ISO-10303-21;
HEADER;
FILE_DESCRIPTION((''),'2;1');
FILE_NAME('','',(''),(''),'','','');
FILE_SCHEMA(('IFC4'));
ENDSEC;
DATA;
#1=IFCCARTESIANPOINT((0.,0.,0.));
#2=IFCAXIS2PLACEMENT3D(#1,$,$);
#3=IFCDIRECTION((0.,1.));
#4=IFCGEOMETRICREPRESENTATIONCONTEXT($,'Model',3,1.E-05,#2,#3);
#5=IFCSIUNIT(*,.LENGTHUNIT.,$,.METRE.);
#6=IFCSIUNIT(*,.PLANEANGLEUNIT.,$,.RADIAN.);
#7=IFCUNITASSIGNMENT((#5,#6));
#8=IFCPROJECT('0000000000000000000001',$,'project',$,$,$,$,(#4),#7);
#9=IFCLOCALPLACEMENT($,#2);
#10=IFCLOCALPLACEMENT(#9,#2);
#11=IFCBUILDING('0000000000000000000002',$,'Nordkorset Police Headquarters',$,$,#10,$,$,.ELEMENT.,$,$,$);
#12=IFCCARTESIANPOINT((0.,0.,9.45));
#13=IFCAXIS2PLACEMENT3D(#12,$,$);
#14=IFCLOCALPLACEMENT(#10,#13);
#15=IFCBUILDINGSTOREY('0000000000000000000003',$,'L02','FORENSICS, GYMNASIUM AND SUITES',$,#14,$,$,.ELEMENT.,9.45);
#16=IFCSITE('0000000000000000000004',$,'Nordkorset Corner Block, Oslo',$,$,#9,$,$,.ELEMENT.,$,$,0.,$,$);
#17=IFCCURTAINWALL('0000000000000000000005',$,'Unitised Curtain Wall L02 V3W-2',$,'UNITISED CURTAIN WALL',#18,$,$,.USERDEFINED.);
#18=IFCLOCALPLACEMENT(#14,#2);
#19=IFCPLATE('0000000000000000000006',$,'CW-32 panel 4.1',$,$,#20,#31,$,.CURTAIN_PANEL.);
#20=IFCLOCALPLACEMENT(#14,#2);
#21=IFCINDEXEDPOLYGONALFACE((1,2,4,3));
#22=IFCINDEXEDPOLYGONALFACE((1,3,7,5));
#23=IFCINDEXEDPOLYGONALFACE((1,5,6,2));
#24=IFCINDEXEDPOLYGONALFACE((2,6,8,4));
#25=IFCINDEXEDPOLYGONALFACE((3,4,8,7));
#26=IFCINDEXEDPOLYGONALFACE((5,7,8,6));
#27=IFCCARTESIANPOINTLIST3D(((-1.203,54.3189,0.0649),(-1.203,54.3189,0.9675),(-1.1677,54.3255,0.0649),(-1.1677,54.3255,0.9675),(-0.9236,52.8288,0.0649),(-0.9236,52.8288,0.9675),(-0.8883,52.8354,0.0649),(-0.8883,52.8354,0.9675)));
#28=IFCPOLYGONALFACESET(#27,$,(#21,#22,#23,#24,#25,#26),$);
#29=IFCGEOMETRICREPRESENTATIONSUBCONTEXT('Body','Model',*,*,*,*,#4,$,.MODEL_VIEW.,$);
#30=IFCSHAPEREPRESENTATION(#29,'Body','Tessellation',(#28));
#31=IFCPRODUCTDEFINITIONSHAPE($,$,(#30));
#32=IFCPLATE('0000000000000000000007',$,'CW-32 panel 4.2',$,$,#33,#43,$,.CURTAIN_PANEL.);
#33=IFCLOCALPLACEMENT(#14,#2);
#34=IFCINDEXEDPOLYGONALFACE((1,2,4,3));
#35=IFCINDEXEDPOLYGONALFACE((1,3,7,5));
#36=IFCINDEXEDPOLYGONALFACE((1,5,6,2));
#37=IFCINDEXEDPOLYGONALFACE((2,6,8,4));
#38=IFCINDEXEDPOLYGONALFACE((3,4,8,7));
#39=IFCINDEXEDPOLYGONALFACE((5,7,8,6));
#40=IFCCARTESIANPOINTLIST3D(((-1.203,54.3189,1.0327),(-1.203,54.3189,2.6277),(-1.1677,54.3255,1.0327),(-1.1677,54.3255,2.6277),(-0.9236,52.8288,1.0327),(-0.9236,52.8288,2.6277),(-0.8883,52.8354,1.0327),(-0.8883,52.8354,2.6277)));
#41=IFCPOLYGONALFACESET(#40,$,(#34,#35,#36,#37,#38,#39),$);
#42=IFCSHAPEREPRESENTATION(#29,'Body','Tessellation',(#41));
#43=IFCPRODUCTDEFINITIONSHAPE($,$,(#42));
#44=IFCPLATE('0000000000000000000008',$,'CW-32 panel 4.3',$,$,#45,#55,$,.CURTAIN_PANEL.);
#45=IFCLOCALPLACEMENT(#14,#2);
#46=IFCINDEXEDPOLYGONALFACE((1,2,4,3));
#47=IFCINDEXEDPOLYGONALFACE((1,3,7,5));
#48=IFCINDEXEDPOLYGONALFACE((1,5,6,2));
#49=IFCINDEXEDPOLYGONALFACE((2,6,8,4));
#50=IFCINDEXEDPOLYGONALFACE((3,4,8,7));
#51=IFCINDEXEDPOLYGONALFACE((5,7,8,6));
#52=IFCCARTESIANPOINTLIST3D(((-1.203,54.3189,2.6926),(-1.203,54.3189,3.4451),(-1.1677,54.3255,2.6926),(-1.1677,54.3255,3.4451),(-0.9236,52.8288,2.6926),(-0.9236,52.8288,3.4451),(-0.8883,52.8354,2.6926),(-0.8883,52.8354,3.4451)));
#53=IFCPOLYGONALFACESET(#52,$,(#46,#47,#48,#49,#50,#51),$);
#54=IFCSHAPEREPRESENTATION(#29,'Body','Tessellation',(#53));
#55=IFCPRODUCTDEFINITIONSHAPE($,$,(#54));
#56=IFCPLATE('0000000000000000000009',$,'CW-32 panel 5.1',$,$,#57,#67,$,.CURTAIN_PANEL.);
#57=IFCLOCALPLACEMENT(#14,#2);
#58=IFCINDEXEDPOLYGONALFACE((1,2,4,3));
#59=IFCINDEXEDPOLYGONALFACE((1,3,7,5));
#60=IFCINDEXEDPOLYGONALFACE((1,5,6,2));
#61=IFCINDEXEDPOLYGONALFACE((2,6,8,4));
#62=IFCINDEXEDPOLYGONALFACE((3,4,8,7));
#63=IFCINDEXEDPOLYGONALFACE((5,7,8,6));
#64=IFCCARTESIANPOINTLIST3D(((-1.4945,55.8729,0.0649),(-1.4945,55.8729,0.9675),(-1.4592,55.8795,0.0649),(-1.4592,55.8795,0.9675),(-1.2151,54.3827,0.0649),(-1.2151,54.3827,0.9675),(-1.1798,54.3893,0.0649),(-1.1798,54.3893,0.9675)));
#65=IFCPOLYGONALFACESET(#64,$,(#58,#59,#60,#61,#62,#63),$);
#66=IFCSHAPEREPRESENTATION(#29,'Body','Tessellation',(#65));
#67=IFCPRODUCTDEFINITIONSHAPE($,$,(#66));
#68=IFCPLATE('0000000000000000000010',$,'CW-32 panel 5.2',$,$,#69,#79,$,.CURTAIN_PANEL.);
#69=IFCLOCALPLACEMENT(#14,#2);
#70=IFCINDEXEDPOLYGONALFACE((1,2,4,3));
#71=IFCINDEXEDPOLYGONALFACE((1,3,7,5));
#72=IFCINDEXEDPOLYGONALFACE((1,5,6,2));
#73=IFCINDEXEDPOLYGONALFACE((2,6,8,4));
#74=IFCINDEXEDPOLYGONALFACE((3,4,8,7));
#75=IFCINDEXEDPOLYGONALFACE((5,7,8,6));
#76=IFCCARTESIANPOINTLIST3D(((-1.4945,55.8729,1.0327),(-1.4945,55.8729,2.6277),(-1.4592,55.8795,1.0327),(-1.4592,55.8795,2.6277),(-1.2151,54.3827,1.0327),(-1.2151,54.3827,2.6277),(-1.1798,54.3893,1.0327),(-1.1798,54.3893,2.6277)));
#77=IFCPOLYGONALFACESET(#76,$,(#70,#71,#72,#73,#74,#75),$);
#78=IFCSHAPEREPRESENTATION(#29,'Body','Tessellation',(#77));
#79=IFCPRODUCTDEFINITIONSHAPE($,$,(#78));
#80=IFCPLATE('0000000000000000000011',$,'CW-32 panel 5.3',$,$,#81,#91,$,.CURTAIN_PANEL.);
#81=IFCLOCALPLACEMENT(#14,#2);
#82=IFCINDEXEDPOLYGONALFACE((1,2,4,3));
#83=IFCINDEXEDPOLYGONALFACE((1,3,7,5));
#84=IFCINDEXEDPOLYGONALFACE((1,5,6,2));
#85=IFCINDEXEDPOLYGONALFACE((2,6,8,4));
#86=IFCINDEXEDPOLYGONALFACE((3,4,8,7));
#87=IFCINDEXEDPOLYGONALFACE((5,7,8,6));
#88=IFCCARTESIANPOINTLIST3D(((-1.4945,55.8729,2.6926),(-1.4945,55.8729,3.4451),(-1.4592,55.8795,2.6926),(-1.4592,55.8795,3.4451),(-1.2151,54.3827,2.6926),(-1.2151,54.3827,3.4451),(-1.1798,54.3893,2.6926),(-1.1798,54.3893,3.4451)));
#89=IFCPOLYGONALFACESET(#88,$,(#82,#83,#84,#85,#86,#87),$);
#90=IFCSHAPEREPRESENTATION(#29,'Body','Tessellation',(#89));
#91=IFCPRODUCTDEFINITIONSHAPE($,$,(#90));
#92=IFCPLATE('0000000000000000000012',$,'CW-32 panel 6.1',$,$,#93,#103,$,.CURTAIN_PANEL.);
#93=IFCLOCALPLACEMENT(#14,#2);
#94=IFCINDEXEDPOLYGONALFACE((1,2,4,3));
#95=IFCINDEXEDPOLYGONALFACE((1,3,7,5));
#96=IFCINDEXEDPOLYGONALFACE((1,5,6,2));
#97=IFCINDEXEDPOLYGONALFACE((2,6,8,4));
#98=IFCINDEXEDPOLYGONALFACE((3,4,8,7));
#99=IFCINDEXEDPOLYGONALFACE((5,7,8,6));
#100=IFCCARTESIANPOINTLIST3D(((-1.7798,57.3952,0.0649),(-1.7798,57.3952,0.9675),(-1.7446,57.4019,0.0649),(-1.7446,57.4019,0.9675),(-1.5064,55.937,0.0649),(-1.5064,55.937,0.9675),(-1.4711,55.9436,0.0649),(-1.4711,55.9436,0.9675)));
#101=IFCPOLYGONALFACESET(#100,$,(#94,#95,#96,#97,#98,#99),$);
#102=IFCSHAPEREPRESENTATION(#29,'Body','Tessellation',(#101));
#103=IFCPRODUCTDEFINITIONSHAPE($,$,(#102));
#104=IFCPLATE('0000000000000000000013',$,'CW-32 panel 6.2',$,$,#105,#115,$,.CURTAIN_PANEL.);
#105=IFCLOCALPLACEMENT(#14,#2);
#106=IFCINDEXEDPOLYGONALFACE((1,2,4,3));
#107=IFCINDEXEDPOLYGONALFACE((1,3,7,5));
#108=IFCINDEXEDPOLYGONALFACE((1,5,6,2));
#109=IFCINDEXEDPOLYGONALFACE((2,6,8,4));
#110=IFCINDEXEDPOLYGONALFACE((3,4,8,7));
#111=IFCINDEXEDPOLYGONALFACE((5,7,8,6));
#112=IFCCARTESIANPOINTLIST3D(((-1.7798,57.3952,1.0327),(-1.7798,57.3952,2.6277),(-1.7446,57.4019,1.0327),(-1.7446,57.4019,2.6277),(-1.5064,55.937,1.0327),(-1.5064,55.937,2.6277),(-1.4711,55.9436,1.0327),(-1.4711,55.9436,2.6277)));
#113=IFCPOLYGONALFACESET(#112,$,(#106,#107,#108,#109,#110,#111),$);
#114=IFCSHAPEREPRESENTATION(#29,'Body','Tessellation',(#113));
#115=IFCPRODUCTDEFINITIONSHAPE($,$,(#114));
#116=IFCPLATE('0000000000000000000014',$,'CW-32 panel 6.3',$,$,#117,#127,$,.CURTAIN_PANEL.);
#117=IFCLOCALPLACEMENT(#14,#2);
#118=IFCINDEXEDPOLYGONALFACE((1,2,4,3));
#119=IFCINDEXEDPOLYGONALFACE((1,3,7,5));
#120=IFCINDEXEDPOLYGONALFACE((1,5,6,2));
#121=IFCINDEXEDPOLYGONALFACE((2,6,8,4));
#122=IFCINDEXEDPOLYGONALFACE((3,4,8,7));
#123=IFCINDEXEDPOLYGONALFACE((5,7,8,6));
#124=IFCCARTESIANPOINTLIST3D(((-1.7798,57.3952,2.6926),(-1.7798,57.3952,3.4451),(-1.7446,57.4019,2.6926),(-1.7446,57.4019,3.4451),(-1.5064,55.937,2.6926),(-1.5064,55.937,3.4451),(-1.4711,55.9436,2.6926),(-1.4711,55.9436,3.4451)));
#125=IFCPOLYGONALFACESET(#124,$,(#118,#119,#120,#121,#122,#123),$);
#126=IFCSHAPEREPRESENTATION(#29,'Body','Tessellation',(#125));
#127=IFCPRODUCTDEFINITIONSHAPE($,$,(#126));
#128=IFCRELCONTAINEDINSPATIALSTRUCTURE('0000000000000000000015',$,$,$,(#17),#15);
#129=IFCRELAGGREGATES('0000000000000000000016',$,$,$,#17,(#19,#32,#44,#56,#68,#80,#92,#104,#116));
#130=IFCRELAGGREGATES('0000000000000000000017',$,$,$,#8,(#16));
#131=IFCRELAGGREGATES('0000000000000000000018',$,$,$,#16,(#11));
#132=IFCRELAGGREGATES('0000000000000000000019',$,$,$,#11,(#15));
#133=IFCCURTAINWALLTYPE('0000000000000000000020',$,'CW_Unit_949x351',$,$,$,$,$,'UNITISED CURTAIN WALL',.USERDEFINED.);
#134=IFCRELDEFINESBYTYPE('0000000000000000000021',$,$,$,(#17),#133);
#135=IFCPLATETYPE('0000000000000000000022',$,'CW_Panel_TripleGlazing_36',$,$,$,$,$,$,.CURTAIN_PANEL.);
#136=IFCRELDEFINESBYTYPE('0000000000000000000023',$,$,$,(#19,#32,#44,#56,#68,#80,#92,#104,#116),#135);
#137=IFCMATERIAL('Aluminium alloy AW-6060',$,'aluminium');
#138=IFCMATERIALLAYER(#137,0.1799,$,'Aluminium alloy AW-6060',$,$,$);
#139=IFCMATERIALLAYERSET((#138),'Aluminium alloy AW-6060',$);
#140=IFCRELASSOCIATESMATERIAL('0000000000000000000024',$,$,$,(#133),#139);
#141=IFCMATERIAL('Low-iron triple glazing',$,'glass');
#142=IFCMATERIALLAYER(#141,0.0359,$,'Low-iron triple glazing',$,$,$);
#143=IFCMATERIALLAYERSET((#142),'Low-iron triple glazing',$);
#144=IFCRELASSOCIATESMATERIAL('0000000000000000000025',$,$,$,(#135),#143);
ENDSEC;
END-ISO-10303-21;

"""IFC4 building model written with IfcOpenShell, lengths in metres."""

from ifc_helpers import new_model, si_unit, direction, frame, origin, origin_2d, place, context, subcontext, project, spatial, rectangle, extrude, material, layer, layer_set, type_object, element, aggregate, save


model = new_model("IFC4")

# Units and contexts
model_context = context("Model", 3, precision=1e-05, world=origin(), true_north=direction((0.0, 1.0)))
body_context = subcontext(model_context, "Body", "Model", "MODEL_VIEW")
ifc_project = project(units=[si_unit("LENGTHUNIT", "METRE"), si_unit("PLANEANGLEUNIT", "RADIAN")], contexts=[model_context])

# Site, building, storey
site_placement = place(None, origin())
site = spatial("IfcSite", under=ifc_project, at=site_placement, Name="Nordkorset Corner Block, Oslo", CompositionType="ELEMENT", RefElevation=0.0)
building_placement = place(site_placement, origin())
building = spatial("IfcBuilding", under=site, at=building_placement, Name="Nordkorset Police Headquarters", CompositionType="ELEMENT")
storey_placement = place(building_placement, frame((0.0, 0.0, 9.45)))
storey = spatial("IfcBuildingStorey", under=building, at=storey_placement, Name="L02", Description="FORENSICS, GYMNASIUM AND SUITES", CompositionType="ELEMENT", Elevation=9.45)

# Curtain wall, plates
ifc_material_1 = material(Name="Aluminium alloy AW-6060", Category="aluminium")
ifc_layer_1 = layer(ifc_material_1, 0.1799, Name="Aluminium alloy AW-6060")
ifc_layer_set_1 = layer_set([ifc_layer_1], Name="Aluminium alloy AW-6060")
curtain_wall_type = type_object("IfcCurtainWallType", Name="CW_Unit_949x351", ElementType="UNITISED CURTAIN WALL", PredefinedType="USERDEFINED", material=ifc_layer_set_1)
curtain_wall_placement = place(storey_placement, origin())
curtain_wall = element("IfcCurtainWall", 1, at=curtain_wall_placement, inside=storey, type_object=curtain_wall_type, Name="Unitised Curtain Wall L02 V3W-2", ObjectType="UNITISED CURTAIN WALL", PredefinedType="USERDEFINED")
ifc_material_2 = material(Name="Low-iron triple glazing", Category="glass")
ifc_layer_2 = layer(ifc_material_2, 0.0359, Name="Low-iron triple glazing")
ifc_layer_set_2 = layer_set([ifc_layer_2], Name="Low-iron triple glazing")
plate_type = type_object("IfcPlateType", Name="CW_Panel_TripleGlazing_36", PredefinedType="CURTAIN_PANEL", material=ifc_layer_set_2)
plate_1_placement = place(storey_placement, frame((-1.0457, 53.5771, 0.0649), z_axis=(0.0, 0.0, 1.0), x_axis=(-0.184289, 0.982872, 0.0)))
plate_1 = element("IfcPlate", 2, at=plate_1_placement, type_object=plate_type, Name="CW-32 panel 4.1", PredefinedType="CURTAIN_PANEL", context=body_context, shape_type="SweptSolid", body=[
    extrude(rectangle(XDim=1.5161, YDim=0.0359, at=origin_2d()), origin(), (0.0, 0.0, 1.0), 0.9026),
])
plate_2_placement = place(storey_placement, frame((-1.0457, 53.5771, 1.0327), z_axis=(0.0, 0.0, 1.0), x_axis=(-0.184289, 0.982872, 0.0)))
plate_2 = element("IfcPlate", 3, at=plate_2_placement, type_object=plate_type, Name="CW-32 panel 4.2", PredefinedType="CURTAIN_PANEL", context=body_context, shape_type="SweptSolid", body=[
    extrude(rectangle(XDim=1.5161, YDim=0.0359, at=origin_2d()), origin(), (0.0, 0.0, 1.0), 1.595),
])
plate_3_placement = place(storey_placement, frame((-1.0457, 53.5771, 2.6926), z_axis=(0.0, 0.0, 1.0), x_axis=(-0.184289, 0.982872, 0.0)))
plate_3 = element("IfcPlate", 4, at=plate_3_placement, type_object=plate_type, Name="CW-32 panel 4.3", PredefinedType="CURTAIN_PANEL", context=body_context, shape_type="SweptSolid", body=[
    extrude(rectangle(XDim=1.5161, YDim=0.0359, at=origin_2d()), origin(), (0.0, 0.0, 1.0), 0.7524),
])
plate_4_placement = place(storey_placement, frame((-1.3372, 55.1311, 0.0649), z_axis=(0.0, 0.0, 1.0), x_axis=(-0.184289, 0.982872, 0.0)))
plate_4 = element("IfcPlate", 5, at=plate_4_placement, type_object=plate_type, Name="CW-32 panel 5.1", PredefinedType="CURTAIN_PANEL", context=body_context, shape_type="SweptSolid", body=[
    extrude(rectangle(XDim=1.5161, YDim=0.0359, at=origin_2d()), origin(), (0.0, 0.0, 1.0), 0.9026),
])
plate_5_placement = place(storey_placement, frame((-1.3372, 55.1311, 1.0327), z_axis=(0.0, 0.0, 1.0), x_axis=(-0.184289, 0.982872, 0.0)))
plate_5 = element("IfcPlate", 6, at=plate_5_placement, type_object=plate_type, Name="CW-32 panel 5.2", PredefinedType="CURTAIN_PANEL", context=body_context, shape_type="SweptSolid", body=[
    extrude(rectangle(XDim=1.5161, YDim=0.0359, at=origin_2d()), origin(), (0.0, 0.0, 1.0), 1.595),
])
plate_6_placement = place(storey_placement, frame((-1.3372, 55.1311, 2.6926), z_axis=(0.0, 0.0, 1.0), x_axis=(-0.184289, 0.982872, 0.0)))
plate_6 = element("IfcPlate", 7, at=plate_6_placement, type_object=plate_type, Name="CW-32 panel 5.3", PredefinedType="CURTAIN_PANEL", context=body_context, shape_type="SweptSolid", body=[
    extrude(rectangle(XDim=1.5161, YDim=0.0359, at=origin_2d()), origin(), (0.0, 0.0, 1.0), 0.7524),
])
plate_7_placement = place(storey_placement, frame((-1.6255, 56.6694, 0.0649), z_axis=(0.0, 0.0, 1.0), x_axis=(-0.184289, 0.982872, 0.0)))
plate_7 = element("IfcPlate", 8, at=plate_7_placement, type_object=plate_type, Name="CW-32 panel 6.1", PredefinedType="CURTAIN_PANEL", context=body_context, shape_type="SweptSolid", body=[
    extrude(rectangle(XDim=1.4836, YDim=0.0359, at=origin_2d()), origin(), (0.0, 0.0, 1.0), 0.9026),
])
plate_8_placement = place(storey_placement, frame((-1.6255, 56.6694, 1.0327), z_axis=(0.0, 0.0, 1.0), x_axis=(-0.184289, 0.982872, 0.0)))
plate_8 = element("IfcPlate", 9, at=plate_8_placement, type_object=plate_type, Name="CW-32 panel 6.2", PredefinedType="CURTAIN_PANEL", context=body_context, shape_type="SweptSolid", body=[
    extrude(rectangle(XDim=1.4836, YDim=0.0359, at=origin_2d()), origin(), (0.0, 0.0, 1.0), 1.595),
])
plate_9_placement = place(storey_placement, frame((-1.6255, 56.6694, 2.6926), z_axis=(0.0, 0.0, 1.0), x_axis=(-0.184289, 0.982872, 0.0)))
plate_9 = element("IfcPlate", 10, at=plate_9_placement, type_object=plate_type, Name="CW-32 panel 6.3", PredefinedType="CURTAIN_PANEL", context=body_context, shape_type="SweptSolid", body=[
    extrude(rectangle(XDim=1.4836, YDim=0.0359, at=origin_2d()), origin(), (0.0, 0.0, 1.0), 0.7524),
])
aggregate(curtain_wall, [plate_1, plate_2, plate_3, plate_4, plate_5, plate_6, plate_7, plate_8, plate_9])

save(model, "model.ifc")
